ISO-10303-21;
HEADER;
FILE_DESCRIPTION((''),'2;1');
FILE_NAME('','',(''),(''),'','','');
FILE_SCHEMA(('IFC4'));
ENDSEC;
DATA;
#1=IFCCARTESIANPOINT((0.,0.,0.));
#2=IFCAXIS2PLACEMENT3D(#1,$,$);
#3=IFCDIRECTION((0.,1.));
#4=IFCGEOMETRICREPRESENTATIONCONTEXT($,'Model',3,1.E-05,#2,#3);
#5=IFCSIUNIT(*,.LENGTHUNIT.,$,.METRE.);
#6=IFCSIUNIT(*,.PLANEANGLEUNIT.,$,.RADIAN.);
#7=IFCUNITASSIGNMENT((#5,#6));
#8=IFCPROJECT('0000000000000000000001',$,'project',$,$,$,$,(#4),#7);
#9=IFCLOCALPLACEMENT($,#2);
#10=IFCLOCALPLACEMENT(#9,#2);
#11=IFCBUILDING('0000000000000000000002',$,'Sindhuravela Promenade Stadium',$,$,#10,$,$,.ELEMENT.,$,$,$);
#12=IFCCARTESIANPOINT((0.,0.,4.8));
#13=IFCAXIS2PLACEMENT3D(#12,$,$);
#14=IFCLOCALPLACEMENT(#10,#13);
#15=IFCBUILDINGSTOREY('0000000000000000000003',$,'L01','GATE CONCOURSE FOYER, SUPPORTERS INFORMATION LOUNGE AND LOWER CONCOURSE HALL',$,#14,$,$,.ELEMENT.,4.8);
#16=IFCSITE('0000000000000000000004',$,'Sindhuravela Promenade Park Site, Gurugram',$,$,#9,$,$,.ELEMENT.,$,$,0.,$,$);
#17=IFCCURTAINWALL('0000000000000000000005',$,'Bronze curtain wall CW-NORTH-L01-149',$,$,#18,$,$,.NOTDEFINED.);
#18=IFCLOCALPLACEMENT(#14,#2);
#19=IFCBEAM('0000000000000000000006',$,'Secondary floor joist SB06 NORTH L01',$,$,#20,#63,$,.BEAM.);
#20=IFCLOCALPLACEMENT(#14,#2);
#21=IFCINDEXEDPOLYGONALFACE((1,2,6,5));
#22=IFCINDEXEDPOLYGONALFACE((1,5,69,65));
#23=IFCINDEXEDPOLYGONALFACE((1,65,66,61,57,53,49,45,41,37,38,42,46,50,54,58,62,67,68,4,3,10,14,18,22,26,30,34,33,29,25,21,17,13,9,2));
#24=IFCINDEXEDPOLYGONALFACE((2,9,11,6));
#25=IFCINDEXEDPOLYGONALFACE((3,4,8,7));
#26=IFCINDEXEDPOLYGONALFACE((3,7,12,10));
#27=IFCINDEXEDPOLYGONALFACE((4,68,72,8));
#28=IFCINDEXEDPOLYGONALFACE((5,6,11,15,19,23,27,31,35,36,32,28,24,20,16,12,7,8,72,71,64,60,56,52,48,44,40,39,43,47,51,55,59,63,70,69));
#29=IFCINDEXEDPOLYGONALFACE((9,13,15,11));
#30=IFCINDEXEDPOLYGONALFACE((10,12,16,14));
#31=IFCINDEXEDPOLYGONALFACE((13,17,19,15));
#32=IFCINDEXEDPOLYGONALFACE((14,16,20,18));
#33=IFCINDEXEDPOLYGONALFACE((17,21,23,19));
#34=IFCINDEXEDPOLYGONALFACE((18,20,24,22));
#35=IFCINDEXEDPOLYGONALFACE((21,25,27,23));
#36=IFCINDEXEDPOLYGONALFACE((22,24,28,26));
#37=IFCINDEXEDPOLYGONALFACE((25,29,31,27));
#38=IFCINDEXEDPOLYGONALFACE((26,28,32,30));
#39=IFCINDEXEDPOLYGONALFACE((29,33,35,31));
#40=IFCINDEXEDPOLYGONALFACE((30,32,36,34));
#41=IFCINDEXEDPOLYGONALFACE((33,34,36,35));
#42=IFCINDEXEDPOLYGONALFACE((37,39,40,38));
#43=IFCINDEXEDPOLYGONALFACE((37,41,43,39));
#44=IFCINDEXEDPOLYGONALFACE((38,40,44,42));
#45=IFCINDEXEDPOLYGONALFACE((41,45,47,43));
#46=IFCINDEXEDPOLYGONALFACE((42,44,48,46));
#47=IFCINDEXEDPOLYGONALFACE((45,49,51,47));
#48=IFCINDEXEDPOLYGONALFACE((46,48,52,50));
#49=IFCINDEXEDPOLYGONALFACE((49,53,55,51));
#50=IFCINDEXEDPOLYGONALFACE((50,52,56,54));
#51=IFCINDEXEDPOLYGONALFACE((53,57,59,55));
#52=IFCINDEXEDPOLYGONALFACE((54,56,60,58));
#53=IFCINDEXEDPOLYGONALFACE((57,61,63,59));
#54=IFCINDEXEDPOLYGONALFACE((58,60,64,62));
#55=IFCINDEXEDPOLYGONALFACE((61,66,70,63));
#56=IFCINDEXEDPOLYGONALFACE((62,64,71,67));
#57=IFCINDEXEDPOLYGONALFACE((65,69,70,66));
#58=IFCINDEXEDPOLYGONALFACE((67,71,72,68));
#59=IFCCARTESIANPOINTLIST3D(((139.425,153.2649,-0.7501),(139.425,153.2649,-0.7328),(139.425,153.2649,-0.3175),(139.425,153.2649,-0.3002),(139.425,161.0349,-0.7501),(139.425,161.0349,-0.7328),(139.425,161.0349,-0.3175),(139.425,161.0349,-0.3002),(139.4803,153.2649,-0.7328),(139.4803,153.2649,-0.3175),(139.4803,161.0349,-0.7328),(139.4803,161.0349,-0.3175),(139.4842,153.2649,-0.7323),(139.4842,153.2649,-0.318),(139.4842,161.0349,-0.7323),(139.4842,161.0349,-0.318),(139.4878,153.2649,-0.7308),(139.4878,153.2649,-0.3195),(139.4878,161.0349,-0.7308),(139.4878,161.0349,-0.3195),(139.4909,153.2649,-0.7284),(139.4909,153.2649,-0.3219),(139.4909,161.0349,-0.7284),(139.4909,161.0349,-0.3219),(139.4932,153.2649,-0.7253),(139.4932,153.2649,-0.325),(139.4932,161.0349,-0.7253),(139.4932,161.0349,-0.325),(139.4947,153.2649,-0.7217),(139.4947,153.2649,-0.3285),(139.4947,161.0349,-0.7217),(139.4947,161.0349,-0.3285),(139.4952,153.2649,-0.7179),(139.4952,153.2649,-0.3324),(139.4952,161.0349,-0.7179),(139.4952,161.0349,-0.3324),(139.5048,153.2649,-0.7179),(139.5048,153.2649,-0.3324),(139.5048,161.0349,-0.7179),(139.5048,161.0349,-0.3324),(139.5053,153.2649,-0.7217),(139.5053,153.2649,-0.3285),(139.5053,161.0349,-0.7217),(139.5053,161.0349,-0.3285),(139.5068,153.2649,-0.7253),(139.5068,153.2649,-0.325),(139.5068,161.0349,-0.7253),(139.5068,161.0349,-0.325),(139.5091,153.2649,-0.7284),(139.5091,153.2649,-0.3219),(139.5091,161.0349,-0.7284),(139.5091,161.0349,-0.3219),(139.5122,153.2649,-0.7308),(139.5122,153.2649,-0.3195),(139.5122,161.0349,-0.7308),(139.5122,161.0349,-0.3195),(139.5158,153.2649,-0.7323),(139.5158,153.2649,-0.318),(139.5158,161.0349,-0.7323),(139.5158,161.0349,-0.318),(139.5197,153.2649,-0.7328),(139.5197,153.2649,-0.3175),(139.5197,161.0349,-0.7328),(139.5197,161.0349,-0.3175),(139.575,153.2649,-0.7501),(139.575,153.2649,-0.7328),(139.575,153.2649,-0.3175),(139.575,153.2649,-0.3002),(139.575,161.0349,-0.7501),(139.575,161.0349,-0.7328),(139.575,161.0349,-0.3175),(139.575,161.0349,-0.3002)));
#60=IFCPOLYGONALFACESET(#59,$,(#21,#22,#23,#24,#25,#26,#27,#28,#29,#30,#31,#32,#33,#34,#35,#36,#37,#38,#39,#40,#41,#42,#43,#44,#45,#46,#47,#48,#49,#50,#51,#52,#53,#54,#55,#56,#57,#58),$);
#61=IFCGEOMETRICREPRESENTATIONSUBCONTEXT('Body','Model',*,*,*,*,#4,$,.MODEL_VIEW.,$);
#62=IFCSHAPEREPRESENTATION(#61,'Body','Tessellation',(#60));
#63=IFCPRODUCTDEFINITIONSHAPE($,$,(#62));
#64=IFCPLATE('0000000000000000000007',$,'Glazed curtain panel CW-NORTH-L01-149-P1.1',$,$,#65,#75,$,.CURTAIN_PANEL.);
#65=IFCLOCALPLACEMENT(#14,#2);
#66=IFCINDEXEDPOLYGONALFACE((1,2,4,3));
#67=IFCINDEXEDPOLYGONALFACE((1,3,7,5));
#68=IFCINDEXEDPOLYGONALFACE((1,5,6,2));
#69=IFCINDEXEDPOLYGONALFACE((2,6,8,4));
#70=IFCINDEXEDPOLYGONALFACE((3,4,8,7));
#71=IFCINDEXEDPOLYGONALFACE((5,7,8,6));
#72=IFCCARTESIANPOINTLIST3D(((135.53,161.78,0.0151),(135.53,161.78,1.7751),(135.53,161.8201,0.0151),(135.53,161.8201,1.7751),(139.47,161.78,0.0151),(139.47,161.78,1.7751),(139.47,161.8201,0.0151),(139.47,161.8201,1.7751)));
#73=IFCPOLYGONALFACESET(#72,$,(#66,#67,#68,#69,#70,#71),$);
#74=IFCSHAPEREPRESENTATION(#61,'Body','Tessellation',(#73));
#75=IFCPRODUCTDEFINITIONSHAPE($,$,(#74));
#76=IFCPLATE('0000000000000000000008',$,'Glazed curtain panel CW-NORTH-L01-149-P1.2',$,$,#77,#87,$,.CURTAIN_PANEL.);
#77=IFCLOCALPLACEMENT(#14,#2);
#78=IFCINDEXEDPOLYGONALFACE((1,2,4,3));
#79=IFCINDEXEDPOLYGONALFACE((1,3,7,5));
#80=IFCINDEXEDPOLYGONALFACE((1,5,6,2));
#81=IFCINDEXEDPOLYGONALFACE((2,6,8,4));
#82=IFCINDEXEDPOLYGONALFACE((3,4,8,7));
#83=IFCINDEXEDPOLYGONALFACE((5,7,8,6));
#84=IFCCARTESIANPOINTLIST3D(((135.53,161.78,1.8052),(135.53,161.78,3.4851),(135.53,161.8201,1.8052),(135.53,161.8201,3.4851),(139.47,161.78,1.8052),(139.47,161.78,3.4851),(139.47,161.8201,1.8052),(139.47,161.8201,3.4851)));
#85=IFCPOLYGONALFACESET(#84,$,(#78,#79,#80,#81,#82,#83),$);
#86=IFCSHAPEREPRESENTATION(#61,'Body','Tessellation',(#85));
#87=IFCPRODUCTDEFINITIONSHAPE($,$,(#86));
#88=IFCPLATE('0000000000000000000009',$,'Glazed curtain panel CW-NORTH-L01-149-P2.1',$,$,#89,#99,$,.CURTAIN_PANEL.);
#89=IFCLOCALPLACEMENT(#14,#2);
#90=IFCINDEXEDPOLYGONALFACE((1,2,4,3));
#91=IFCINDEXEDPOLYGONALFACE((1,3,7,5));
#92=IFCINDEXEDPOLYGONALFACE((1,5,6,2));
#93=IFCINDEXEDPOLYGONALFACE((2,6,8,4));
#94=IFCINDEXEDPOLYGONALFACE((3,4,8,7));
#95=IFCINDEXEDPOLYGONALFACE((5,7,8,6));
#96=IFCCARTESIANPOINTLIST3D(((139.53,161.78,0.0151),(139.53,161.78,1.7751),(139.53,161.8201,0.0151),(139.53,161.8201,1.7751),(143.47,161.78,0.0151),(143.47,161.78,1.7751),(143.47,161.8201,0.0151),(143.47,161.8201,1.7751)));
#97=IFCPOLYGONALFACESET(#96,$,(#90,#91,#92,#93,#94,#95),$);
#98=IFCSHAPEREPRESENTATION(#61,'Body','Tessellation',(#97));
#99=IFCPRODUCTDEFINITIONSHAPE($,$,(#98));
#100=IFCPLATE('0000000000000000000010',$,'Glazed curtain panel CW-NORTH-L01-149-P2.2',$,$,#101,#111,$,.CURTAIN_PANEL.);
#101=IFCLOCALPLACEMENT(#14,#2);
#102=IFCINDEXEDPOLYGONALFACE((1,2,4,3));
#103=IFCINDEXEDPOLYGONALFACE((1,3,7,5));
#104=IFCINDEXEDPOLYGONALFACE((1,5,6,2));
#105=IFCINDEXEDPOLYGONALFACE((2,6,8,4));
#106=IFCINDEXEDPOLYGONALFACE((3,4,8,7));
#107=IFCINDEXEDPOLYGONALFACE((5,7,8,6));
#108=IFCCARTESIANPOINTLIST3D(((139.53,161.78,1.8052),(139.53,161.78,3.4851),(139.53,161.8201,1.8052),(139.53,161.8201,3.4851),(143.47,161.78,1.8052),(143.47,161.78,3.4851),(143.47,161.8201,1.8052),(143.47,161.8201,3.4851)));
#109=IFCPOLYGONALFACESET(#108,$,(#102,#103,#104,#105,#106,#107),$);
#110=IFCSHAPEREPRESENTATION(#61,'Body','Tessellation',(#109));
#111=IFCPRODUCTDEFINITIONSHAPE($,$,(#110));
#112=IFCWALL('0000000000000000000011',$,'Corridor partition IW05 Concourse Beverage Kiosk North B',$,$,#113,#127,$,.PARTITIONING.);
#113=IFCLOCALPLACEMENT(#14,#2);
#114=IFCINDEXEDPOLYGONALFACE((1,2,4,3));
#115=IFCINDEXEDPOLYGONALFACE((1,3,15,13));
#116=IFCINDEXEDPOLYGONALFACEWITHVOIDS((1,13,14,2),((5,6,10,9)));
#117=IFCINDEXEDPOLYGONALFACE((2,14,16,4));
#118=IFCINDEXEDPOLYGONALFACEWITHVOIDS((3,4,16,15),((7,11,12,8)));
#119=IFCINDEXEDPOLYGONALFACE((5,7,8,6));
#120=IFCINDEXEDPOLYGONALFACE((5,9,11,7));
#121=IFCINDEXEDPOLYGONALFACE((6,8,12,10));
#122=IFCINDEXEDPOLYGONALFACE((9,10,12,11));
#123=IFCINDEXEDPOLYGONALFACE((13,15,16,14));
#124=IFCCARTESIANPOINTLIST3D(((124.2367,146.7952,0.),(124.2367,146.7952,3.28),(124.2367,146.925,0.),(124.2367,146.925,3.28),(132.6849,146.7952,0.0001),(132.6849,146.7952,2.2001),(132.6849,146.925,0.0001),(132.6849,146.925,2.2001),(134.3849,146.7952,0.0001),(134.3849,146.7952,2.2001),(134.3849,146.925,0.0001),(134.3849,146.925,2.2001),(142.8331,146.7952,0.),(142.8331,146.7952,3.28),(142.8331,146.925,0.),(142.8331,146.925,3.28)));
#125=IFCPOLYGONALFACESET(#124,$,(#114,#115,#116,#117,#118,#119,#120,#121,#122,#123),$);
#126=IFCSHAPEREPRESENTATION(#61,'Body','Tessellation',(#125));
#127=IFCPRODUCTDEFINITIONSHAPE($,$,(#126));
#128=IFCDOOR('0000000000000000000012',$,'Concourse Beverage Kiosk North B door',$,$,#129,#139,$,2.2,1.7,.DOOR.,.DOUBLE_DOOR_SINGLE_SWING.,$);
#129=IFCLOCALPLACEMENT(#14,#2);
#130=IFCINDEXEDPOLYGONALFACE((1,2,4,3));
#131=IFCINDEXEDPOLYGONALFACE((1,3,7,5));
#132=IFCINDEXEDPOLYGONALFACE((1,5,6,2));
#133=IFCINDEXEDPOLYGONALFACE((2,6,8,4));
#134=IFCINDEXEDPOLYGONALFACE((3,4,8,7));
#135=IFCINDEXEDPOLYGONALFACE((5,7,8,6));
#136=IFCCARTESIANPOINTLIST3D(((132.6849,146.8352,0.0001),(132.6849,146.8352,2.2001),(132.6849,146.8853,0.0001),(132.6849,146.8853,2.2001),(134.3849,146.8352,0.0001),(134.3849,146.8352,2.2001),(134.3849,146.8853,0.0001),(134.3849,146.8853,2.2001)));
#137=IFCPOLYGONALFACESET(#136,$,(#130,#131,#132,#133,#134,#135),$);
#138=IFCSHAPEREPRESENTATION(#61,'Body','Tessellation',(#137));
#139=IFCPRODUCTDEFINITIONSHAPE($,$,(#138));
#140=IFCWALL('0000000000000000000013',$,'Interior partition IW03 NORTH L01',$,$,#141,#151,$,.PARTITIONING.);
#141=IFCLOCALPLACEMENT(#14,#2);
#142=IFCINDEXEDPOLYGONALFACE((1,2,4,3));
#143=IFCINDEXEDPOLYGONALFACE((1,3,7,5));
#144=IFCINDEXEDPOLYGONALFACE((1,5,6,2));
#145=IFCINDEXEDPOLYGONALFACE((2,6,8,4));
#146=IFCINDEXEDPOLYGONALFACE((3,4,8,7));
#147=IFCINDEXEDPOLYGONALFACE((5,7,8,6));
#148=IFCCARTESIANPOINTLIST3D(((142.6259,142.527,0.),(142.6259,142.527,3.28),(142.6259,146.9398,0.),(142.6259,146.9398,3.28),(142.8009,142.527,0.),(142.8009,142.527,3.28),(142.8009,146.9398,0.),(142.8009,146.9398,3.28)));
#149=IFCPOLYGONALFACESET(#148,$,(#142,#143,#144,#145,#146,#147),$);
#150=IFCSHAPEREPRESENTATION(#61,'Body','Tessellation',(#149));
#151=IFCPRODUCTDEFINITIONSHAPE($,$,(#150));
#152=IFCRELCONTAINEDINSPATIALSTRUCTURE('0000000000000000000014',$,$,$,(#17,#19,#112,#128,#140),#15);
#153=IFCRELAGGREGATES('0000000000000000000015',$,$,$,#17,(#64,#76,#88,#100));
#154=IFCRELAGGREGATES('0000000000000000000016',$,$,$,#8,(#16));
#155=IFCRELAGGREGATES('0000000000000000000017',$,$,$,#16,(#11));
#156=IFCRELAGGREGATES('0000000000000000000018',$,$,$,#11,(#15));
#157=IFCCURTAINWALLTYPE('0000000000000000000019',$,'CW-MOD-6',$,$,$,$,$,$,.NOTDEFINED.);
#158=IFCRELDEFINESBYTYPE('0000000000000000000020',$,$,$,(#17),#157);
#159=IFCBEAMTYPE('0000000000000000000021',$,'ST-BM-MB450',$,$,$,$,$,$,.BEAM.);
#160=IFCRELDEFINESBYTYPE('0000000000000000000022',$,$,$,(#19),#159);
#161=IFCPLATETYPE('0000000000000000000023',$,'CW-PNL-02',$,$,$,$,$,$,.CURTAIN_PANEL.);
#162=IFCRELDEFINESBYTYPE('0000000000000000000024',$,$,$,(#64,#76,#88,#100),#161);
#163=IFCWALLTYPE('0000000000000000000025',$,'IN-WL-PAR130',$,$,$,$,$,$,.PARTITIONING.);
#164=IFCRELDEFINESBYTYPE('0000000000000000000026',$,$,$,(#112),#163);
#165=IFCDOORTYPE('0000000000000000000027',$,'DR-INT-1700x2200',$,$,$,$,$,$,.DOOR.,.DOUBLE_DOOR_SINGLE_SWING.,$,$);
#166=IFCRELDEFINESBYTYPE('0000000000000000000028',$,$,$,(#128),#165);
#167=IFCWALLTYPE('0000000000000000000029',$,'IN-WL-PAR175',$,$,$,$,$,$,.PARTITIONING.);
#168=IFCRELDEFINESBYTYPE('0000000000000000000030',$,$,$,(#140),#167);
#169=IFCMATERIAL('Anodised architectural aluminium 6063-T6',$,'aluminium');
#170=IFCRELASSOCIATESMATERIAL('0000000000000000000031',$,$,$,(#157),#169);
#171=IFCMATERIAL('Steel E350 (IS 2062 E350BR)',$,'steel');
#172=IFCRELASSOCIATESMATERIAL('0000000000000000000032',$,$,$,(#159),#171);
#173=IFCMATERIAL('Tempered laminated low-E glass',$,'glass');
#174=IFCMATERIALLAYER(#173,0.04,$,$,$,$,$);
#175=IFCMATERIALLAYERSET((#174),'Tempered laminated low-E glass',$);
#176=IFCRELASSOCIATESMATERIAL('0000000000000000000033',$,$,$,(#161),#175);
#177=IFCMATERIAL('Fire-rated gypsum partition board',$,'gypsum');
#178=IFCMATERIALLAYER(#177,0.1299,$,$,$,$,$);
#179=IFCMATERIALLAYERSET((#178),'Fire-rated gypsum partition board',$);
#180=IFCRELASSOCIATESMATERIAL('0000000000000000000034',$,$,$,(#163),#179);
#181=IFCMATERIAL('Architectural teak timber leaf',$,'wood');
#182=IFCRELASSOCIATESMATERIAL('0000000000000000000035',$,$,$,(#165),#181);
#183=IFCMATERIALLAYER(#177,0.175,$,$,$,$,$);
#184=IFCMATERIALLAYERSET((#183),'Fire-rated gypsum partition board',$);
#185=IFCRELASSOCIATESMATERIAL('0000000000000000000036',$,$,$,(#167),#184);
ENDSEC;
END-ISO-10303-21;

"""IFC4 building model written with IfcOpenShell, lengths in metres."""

from ifc_helpers import new_model, si_unit, direction, frame, frame_2d, origin, origin_2d, place, context, subcontext, project, spatial, rectangle, i_section, extrude, material, layer, layer_set, material_profile, profile_set, type_object, element, fill, aggregate, save


model = new_model("IFC4")

# Units and contexts
model_context = context("Model", 3, precision=1e-05, world=origin(), true_north=direction((0.0, 1.0)))
body_context = subcontext(model_context, "Body", "Model", "MODEL_VIEW")
ifc_project = project(units=[si_unit("LENGTHUNIT", "METRE"), si_unit("PLANEANGLEUNIT", "RADIAN")], contexts=[model_context])

# Site, building, storey
site_placement = place(None, origin())
site = spatial("IfcSite", under=ifc_project, at=site_placement, Name="Sindhuravela Promenade Park Site, Gurugram", CompositionType="ELEMENT", RefElevation=0.0)
building_placement = place(site_placement, origin())
building = spatial("IfcBuilding", under=site, at=building_placement, Name="Sindhuravela Promenade Stadium", CompositionType="ELEMENT")
storey_placement = place(building_placement, frame((0.0, 0.0, 4.8)))
storey = spatial("IfcBuildingStorey", under=building, at=storey_placement, Name="L01", Description="GATE CONCOURSE FOYER, SUPPORTERS INFORMATION LOUNGE AND LOWER CONCOURSE HALL", CompositionType="ELEMENT", Elevation=4.8)

# Curtain wall
ifc_material_1 = material(Name="Anodised architectural aluminium 6063-T6", Category="aluminium")
curtain_wall_type_1 = type_object("IfcCurtainWallType", Name="CW-MOD-6", PredefinedType="NOTDEFINED", material=ifc_material_1)
curtain_wall_1_placement = place(storey_placement, origin())
curtain_wall_1 = element("IfcCurtainWall", 1, at=curtain_wall_1_placement, inside=storey, type_object=curtain_wall_type_1, Name="Bronze curtain wall CW-NORTH-L01-149", PredefinedType="NOTDEFINED")

# Beam
ifc_material_2 = material(Name="Steel E350 (IS 2062 E350BR)", Category="steel")
ifc_material_profile_1 = material_profile(ifc_material_2, i_section(OverallWidth=0.1499, OverallDepth=0.45, WebThickness=0.0095, FlangeThickness=0.0173, FilletRadius=0.0149, at=origin_2d()), Name="ISMB 450")
ifc_profile_set_1 = profile_set([ifc_material_profile_1], Name="Steel E350 (IS 2062 E350BR)")
beam_type_1 = type_object("IfcBeamType", Name="ST-BM-MB450", PredefinedType="BEAM", material=ifc_profile_set_1)
beam_1_placement = place(storey_placement, frame((139.5, 153.2649, -0.5251), z_axis=(0.0, 1.0, 0.0), x_axis=(-1.0, 0.0, 0.0)))
element("IfcBeam", 2, at=beam_1_placement, inside=storey, type_object=beam_type_1, Name="Secondary floor joist SB06 NORTH L01", PredefinedType="BEAM", context=body_context, shape_type="SweptSolid", body=[
    extrude(i_section(OverallWidth=0.1499, OverallDepth=0.45, WebThickness=0.0095, FlangeThickness=0.0173, FilletRadius=0.0149, at=origin_2d()), origin(), (0.0, 0.0, 1.0), 7.77),
])

# Plates
ifc_material_3 = material(Name="Tempered laminated low-E glass", Category="glass")
ifc_layer_1 = layer(ifc_material_3, 0.04)
ifc_layer_set_1 = layer_set([ifc_layer_1], Name="Tempered laminated low-E glass")
plate_type = type_object("IfcPlateType", Name="CW-PNL-02", PredefinedType="CURTAIN_PANEL", material=ifc_layer_set_1)
plate_1_placement = place(storey_placement, frame((137.5, 161.8, 0.0151), z_axis=(0.0, 0.0, 1.0), x_axis=(1.0, 0.0, 0.0)))
plate_1 = element("IfcPlate", 3, at=plate_1_placement, type_object=plate_type, Name="Glazed curtain panel CW-NORTH-L01-149-P1.1", PredefinedType="CURTAIN_PANEL", context=body_context, shape_type="SweptSolid", body=[
    extrude(rectangle(XDim=3.9399, YDim=0.04, at=origin_2d()), origin(), (0.0, 0.0, 1.0), 1.76),
])
plate_2_placement = place(storey_placement, frame((137.5, 161.8, 1.8052), z_axis=(0.0, 0.0, 1.0), x_axis=(1.0, 0.0, 0.0)))
plate_2 = element("IfcPlate", 4, at=plate_2_placement, type_object=plate_type, Name="Glazed curtain panel CW-NORTH-L01-149-P1.2", PredefinedType="CURTAIN_PANEL", context=body_context, shape_type="SweptSolid", body=[
    extrude(rectangle(XDim=3.9399, YDim=0.04, at=origin_2d()), origin(), (0.0, 0.0, 1.0), 1.6799),
])
plate_3_placement = place(storey_placement, frame((141.5, 161.8, 0.0151), z_axis=(0.0, 0.0, 1.0), x_axis=(1.0, 0.0, 0.0)))
plate_3 = element("IfcPlate", 5, at=plate_3_placement, type_object=plate_type, Name="Glazed curtain panel CW-NORTH-L01-149-P2.1", PredefinedType="CURTAIN_PANEL", context=body_context, shape_type="SweptSolid", body=[
    extrude(rectangle(XDim=3.9399, YDim=0.04, at=origin_2d()), origin(), (0.0, 0.0, 1.0), 1.76),
])
plate_4_placement = place(storey_placement, frame((141.5, 161.8, 1.8052), z_axis=(0.0, 0.0, 1.0), x_axis=(1.0, 0.0, 0.0)))
plate_4 = element("IfcPlate", 6, at=plate_4_placement, type_object=plate_type, Name="Glazed curtain panel CW-NORTH-L01-149-P2.2", PredefinedType="CURTAIN_PANEL", context=body_context, shape_type="SweptSolid", body=[
    extrude(rectangle(XDim=3.9399, YDim=0.04, at=origin_2d()), origin(), (0.0, 0.0, 1.0), 1.6799),
])
aggregate(curtain_wall_1, [plate_1, plate_2, plate_3, plate_4])

# Wall, opening, door
ifc_material_4 = material(Name="Fire-rated gypsum partition board", Category="gypsum")
ifc_layer_2 = layer(ifc_material_4, 0.1299)
ifc_layer_set_2 = layer_set([ifc_layer_2], Name="Fire-rated gypsum partition board")
wall_type_1 = type_object("IfcWallType", Name="IN-WL-PAR130", PredefinedType="PARTITIONING", material=ifc_layer_set_2)
wall_1_placement = place(storey_placement, frame((142.8333, 146.8601, 0.0), z_axis=(0.0, 0.0, 1.0), x_axis=(-1.0, 0.0, 0.0)))
wall_1 = element("IfcWall", 7, at=wall_1_placement, inside=storey, type_object=wall_type_1, Name="Corridor partition IW05 Concourse Beverage Kiosk North B", PredefinedType="PARTITIONING", context=body_context, shape_type="SweptSolid", body=[
    extrude(rectangle(XDim=18.5964, YDim=0.1299, at=frame_2d((9.2983, 0.0))), origin(), (0.0, 0.0, 1.0), 3.28),
])
opening_placement = place(wall_1_placement, frame((8.4482, 0.0, 0.0)))
opening = element("IfcOpeningElement", 8, at=opening_placement, cuts=wall_1, PredefinedType="OPENING", context=body_context, shape_type="SweptSolid", body=[
    extrude(rectangle(XDim=1.7, YDim=2.2, at=frame_2d((0.8501, 1.1001))), frame((0.0, 0.075, 0.0), z_axis=(0.0, -1.0, 0.0), x_axis=(1.0, 0.0, 0.0)), (0.0, 0.0, 1.0), 0.1499),
])
ifc_material_5 = material(Name="Architectural teak timber leaf", Category="wood")
door_type = type_object("IfcDoorType", Name="DR-INT-1700x2200", OperationType="DOUBLE_DOOR_SINGLE_SWING", PredefinedType="DOOR", material=ifc_material_5)
door_placement = place(opening_placement, origin())
door = element("IfcDoor", 9, at=door_placement, inside=storey, type_object=door_type, Name="Concourse Beverage Kiosk North B door", OperationType="DOUBLE_DOOR_SINGLE_SWING", OverallHeight=2.2, OverallWidth=1.7, PredefinedType="DOOR", context=body_context, shape_type="SweptSolid", body=[
    extrude(rectangle(XDim=1.7, YDim=2.2, at=frame_2d((0.8501, 1.1001))), frame((0.0, 0.0249, 0.0), z_axis=(0.0, -1.0, 0.0), x_axis=(1.0, 0.0, 0.0)), (0.0, 0.0, 1.0), 0.05),
])
fill(opening, door)

# Wall
ifc_layer_3 = layer(ifc_material_4, 0.175)
ifc_layer_set_3 = layer_set([ifc_layer_3], Name="Fire-rated gypsum partition board")
wall_type_2 = type_object("IfcWallType", Name="IN-WL-PAR175", PredefinedType="PARTITIONING", material=ifc_layer_set_3)
wall_2_placement = place(storey_placement, frame((142.7134, 146.9399, 0.0), z_axis=(0.0, 0.0, 1.0), x_axis=(0.0, -1.0, 0.0)))
element("IfcWall", 10, at=wall_2_placement, inside=storey, type_object=wall_type_2, Name="Interior partition IW03 NORTH L01", PredefinedType="PARTITIONING", context=body_context, shape_type="SweptSolid", body=[
    extrude(rectangle(XDim=4.4128, YDim=0.175, at=frame_2d((2.2065, 0.0))), origin(), (0.0, 0.0, 1.0), 3.28),
])

save(model, "model.ifc")
